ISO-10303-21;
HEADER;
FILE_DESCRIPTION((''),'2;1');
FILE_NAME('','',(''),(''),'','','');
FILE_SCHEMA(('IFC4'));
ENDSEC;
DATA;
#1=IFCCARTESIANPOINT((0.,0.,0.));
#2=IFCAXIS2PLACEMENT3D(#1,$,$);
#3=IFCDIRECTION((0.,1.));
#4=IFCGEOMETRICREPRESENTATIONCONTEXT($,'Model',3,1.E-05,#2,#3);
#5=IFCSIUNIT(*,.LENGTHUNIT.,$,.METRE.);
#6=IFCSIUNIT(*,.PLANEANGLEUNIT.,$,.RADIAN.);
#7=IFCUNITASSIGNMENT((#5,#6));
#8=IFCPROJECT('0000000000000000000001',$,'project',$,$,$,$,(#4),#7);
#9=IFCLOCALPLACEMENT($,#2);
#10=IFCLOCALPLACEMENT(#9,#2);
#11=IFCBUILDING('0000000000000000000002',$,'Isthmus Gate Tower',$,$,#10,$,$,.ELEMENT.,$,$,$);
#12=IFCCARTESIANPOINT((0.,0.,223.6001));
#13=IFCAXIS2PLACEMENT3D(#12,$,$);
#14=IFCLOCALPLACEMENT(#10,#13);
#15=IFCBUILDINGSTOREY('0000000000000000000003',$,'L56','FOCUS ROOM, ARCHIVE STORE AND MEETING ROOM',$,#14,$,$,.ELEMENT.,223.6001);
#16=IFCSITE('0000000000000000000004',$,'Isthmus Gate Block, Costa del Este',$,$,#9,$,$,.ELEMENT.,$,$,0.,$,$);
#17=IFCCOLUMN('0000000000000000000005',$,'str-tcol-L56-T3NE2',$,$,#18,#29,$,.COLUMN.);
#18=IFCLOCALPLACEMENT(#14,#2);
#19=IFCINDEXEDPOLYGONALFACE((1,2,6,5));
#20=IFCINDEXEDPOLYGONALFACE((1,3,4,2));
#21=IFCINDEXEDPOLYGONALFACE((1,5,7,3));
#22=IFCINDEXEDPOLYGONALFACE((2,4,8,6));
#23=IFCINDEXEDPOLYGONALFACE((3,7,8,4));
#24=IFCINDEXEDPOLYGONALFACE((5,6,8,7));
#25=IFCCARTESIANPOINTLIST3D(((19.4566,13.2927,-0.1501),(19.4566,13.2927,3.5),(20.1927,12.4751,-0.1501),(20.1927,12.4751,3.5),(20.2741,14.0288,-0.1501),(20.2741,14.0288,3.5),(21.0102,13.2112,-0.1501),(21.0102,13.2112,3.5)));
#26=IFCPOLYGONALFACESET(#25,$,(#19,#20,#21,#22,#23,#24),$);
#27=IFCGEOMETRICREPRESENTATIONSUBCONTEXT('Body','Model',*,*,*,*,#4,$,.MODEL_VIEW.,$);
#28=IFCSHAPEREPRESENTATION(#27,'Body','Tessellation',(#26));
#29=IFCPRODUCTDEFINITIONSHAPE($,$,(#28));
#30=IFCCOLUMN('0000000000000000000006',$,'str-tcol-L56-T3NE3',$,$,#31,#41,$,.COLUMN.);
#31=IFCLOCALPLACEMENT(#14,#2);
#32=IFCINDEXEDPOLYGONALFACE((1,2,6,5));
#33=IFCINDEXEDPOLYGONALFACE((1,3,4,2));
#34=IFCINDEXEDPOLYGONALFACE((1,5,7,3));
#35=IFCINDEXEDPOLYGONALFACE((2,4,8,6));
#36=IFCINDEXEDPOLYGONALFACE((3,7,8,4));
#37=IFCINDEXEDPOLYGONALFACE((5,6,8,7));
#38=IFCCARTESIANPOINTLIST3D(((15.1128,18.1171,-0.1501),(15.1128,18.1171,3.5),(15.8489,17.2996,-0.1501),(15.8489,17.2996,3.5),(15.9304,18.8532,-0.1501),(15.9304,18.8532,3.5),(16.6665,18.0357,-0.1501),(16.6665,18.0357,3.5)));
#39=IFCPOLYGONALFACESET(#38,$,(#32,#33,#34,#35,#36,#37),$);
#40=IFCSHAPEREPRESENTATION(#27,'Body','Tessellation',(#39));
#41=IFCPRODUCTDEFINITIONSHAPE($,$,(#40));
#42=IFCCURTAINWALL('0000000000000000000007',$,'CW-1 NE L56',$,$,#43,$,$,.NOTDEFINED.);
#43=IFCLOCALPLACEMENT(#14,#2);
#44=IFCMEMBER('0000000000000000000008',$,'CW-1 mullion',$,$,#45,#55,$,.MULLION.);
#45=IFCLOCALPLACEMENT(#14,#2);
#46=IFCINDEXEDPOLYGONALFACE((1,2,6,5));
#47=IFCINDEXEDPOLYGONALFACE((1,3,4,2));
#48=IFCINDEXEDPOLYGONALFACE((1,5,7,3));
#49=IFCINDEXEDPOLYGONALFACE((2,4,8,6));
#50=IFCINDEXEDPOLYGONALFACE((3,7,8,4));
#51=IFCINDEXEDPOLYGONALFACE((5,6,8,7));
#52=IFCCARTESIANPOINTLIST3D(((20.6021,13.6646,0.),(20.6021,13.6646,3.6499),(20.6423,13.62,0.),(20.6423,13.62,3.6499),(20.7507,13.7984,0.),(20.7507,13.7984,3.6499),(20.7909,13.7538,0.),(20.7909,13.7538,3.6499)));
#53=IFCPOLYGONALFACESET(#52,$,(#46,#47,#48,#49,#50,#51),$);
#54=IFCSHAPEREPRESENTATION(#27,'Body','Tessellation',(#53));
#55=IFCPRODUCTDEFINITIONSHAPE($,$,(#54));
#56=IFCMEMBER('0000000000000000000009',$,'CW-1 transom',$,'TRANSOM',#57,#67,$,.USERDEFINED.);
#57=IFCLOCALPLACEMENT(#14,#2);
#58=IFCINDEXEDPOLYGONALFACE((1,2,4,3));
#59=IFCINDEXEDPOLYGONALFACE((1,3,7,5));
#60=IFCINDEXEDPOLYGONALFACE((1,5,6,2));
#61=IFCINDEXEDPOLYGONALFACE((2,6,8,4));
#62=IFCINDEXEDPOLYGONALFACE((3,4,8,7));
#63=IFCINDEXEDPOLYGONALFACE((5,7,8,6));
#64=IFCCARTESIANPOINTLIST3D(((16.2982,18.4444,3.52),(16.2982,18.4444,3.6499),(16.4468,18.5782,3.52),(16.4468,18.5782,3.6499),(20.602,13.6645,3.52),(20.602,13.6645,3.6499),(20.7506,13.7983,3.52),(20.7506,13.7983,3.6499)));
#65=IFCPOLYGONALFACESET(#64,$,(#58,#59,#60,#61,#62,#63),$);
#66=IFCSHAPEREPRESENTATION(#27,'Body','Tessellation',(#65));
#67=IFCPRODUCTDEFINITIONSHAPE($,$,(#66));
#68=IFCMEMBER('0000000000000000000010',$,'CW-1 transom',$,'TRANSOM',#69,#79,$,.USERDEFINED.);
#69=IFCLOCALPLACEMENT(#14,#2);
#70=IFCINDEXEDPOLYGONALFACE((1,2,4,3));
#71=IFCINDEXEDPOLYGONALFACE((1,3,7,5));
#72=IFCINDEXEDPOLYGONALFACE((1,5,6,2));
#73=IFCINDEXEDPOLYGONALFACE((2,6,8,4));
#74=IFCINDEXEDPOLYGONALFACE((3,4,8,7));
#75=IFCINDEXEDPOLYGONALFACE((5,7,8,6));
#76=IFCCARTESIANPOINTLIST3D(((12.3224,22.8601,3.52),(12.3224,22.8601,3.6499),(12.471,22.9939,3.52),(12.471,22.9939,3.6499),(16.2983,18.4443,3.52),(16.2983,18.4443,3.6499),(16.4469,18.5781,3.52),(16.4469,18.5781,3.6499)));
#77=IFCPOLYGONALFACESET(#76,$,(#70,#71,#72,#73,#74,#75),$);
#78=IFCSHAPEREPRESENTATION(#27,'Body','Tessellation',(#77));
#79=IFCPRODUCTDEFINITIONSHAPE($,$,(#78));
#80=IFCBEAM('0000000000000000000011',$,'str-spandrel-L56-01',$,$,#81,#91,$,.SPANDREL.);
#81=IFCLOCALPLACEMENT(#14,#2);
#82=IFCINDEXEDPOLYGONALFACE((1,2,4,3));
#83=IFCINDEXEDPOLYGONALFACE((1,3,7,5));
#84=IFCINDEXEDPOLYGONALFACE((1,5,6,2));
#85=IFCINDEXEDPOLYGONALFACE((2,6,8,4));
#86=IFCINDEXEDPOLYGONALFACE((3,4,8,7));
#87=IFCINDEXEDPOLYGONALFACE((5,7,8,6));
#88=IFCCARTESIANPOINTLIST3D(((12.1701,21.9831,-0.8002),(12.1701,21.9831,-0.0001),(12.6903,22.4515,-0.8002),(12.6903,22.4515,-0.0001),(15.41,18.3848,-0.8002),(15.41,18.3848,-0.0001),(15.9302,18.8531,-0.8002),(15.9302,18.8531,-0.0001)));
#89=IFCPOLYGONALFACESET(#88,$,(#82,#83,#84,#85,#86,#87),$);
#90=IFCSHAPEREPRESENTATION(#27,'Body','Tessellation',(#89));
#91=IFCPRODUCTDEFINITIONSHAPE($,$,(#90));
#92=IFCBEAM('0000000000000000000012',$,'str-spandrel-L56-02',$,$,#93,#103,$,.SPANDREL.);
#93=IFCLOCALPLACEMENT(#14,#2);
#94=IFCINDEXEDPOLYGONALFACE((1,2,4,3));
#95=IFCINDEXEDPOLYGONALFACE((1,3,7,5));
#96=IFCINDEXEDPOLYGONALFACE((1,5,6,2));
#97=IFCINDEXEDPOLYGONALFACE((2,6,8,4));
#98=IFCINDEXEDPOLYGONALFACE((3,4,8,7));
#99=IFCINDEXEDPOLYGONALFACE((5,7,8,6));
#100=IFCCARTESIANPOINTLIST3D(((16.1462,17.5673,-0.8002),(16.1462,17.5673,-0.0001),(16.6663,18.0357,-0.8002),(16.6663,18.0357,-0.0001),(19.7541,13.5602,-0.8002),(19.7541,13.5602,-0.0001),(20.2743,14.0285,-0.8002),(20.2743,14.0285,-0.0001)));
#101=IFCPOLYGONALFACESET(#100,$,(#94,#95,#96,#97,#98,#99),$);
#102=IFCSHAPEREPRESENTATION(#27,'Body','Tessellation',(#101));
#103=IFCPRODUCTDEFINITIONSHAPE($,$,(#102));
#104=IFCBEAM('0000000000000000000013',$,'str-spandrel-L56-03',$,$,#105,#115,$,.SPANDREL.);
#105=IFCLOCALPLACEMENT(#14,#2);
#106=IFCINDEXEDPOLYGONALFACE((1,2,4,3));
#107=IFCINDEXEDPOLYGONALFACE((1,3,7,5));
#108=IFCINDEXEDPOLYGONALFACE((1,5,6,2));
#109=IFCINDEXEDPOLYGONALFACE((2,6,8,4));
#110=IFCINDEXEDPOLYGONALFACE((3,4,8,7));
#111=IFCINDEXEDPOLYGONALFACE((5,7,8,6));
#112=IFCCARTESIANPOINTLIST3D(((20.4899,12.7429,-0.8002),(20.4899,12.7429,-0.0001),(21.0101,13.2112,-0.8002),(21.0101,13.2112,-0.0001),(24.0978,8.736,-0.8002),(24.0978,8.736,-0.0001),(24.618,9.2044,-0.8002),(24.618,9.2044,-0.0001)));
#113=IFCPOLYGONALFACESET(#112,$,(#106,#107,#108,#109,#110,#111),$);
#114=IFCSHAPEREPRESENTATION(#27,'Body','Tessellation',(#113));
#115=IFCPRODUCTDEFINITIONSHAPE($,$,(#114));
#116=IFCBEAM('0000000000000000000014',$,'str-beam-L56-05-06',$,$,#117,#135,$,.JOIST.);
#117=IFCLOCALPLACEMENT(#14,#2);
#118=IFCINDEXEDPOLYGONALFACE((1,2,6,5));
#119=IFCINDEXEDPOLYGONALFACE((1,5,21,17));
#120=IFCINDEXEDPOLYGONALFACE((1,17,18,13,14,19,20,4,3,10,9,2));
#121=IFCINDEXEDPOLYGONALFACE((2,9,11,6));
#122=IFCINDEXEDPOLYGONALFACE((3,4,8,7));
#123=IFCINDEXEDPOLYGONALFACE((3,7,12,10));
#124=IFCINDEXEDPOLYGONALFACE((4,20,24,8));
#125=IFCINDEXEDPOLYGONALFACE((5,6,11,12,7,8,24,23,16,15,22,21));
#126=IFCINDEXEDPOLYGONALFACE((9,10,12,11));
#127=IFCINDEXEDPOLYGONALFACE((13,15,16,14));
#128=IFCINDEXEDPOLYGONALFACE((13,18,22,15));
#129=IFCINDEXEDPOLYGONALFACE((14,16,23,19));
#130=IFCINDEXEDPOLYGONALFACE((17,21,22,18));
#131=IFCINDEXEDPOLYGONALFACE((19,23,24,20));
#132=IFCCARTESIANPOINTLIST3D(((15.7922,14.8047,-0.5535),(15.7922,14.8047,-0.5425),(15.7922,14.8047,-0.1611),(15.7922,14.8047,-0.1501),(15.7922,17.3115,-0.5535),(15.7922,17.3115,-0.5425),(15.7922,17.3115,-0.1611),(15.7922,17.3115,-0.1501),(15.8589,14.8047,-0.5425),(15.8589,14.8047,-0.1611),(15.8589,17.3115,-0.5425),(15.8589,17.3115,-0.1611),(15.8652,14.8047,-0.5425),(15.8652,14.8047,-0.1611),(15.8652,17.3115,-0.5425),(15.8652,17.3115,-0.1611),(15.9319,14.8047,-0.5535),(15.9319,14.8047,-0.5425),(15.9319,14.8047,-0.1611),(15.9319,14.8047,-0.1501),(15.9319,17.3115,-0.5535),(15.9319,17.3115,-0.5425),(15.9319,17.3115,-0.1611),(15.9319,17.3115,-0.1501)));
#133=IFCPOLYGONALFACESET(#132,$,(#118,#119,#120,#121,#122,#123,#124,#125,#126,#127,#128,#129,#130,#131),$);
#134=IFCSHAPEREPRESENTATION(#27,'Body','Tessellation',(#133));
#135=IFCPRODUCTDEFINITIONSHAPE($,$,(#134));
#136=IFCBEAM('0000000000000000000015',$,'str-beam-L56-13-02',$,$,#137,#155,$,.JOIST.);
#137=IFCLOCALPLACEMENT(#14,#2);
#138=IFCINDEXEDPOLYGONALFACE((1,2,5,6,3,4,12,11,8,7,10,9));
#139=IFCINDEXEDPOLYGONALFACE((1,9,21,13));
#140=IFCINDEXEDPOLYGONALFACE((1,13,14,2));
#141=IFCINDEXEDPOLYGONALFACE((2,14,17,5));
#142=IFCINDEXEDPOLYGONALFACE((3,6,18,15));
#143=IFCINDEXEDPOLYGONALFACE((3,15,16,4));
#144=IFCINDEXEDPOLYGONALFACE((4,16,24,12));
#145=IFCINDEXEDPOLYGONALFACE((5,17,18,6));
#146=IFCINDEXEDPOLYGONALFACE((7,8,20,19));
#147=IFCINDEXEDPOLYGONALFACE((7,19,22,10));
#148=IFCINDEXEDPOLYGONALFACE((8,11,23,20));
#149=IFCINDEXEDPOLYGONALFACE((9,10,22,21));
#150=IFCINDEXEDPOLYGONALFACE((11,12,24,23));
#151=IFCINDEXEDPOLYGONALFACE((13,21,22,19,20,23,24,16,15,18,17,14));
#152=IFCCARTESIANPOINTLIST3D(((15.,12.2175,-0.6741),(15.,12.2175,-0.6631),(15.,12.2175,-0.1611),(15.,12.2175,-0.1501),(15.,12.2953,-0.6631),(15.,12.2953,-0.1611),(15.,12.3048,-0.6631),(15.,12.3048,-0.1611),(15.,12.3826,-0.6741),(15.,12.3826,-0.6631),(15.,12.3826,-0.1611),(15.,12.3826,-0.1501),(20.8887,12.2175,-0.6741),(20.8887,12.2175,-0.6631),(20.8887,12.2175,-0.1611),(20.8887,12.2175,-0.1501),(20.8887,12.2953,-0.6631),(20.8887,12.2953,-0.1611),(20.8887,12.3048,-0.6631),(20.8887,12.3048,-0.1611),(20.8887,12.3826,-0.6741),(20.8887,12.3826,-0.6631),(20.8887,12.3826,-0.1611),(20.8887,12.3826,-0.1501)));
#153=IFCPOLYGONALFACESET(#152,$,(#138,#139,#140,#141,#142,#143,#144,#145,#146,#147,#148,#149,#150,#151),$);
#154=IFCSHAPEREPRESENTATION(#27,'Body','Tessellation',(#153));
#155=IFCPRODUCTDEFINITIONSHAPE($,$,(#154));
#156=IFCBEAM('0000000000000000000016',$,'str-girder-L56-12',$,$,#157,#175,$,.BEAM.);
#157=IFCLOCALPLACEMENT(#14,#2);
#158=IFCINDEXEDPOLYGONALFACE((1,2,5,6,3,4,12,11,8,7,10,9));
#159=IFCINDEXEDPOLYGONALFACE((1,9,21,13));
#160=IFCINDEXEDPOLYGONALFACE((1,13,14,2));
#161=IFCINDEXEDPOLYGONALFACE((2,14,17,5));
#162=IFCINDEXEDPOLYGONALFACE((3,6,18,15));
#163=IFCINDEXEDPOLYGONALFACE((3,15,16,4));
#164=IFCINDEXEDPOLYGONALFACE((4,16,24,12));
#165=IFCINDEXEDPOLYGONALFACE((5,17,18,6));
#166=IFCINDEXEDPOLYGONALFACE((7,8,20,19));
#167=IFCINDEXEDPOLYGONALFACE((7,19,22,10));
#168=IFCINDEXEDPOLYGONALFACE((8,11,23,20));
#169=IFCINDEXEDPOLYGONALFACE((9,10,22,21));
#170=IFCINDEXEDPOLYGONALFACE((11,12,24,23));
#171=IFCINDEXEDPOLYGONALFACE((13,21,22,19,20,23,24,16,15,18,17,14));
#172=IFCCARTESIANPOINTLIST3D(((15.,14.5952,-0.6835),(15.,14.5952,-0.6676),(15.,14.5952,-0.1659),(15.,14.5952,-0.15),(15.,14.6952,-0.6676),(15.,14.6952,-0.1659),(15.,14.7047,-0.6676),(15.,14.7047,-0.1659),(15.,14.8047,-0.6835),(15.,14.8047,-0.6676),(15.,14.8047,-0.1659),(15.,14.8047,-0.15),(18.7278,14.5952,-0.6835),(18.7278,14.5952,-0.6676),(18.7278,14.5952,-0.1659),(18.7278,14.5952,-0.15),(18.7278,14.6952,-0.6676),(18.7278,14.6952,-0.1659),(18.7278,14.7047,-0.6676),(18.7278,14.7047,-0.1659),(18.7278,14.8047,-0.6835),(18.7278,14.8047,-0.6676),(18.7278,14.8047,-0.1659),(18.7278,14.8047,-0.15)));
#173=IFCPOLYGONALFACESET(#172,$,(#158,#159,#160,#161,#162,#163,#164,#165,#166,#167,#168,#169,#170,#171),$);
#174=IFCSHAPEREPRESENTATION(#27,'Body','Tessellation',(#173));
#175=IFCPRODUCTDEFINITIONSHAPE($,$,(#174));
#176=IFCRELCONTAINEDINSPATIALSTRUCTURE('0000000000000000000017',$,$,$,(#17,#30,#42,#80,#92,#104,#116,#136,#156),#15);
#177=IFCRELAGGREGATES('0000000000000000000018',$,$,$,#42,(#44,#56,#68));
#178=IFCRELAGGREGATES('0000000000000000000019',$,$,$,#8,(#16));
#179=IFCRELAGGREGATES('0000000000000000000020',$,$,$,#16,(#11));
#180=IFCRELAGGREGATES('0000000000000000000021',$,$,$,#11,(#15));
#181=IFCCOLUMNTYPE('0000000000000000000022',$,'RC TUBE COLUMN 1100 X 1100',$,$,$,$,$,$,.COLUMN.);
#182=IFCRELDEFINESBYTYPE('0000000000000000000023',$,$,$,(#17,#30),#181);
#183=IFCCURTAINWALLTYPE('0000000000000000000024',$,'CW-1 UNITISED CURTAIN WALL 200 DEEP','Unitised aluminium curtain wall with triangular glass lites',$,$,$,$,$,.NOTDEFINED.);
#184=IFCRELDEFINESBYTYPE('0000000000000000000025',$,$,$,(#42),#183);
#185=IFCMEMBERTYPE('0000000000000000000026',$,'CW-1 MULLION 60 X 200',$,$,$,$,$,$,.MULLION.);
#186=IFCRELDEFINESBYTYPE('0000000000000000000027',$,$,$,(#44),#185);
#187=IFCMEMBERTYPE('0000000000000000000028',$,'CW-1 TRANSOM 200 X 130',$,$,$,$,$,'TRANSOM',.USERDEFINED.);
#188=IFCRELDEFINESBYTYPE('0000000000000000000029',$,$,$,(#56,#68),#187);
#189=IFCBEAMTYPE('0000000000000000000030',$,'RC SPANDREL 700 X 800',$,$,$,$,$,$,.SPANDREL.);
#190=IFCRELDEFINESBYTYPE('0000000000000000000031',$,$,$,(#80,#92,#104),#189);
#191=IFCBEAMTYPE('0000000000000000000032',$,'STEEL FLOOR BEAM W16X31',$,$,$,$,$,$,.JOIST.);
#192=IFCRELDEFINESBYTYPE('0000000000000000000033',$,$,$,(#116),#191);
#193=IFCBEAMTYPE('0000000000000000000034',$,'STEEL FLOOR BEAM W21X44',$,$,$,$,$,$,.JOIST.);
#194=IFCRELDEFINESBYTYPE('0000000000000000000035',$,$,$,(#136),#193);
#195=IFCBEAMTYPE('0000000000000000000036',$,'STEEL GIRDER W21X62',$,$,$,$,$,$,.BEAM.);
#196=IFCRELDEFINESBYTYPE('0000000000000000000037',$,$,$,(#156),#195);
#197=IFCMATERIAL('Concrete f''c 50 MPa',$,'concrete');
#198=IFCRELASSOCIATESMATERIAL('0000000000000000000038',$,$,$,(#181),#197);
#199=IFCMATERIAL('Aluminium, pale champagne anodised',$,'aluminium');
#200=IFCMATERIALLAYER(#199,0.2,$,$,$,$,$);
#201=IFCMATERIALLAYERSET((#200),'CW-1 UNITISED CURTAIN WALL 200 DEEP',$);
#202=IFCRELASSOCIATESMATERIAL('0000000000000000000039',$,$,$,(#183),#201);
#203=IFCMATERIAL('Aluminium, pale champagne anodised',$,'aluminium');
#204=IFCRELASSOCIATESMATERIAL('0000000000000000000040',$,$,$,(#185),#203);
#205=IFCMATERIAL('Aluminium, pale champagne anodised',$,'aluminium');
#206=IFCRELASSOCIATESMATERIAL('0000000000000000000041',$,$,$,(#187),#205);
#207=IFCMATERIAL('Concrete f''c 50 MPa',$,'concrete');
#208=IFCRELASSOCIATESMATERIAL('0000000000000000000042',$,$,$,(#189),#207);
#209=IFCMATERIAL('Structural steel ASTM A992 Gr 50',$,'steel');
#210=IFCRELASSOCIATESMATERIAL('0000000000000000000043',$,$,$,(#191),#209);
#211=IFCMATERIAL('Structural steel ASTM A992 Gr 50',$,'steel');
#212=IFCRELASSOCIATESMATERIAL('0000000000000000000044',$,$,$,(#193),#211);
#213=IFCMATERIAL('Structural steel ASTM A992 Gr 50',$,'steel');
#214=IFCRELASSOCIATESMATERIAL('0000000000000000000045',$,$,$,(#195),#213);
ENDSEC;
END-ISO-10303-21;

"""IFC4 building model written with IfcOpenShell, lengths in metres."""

from ifc_helpers import new_model, si_unit, direction, frame, origin, origin_2d, place, context, subcontext, project, spatial, rectangle, i_section, extrude, material, layer, layer_set, material_profile, profile_set, type_object, element, aggregate, save


model = new_model("IFC4")

# Units and contexts
model_context = context("Model", 3, precision=1e-05, world=origin(), true_north=direction((0.0, 1.0)))
body_context = subcontext(model_context, "Body", "Model", "MODEL_VIEW")
ifc_project = project(units=[si_unit("LENGTHUNIT", "METRE"), si_unit("PLANEANGLEUNIT", "RADIAN")], contexts=[model_context])

# Site, building, storey
site_placement = place(None, origin())
site = spatial("IfcSite", under=ifc_project, at=site_placement, Name="Isthmus Gate Block, Costa del Este", CompositionType="ELEMENT", RefElevation=0.0)
building_placement = place(site_placement, origin())
building = spatial("IfcBuilding", under=site, at=building_placement, Name="Isthmus Gate Tower", CompositionType="ELEMENT")
storey_placement = place(building_placement, frame((0.0, 0.0, 223.6001)))
storey = spatial("IfcBuildingStorey", under=building, at=storey_placement, Name="L56", Description="FOCUS ROOM, ARCHIVE STORE AND MEETING ROOM", CompositionType="ELEMENT", Elevation=223.6001)

# Columns
ifc_material_1 = material(Name="Concrete f'c 50 MPa", Category="concrete")
ifc_material_profile_1 = material_profile(ifc_material_1, rectangle(XDim=1.1001, YDim=1.1001, at=origin_2d()), Name="RC 1100X1100")
ifc_profile_set_1 = profile_set([ifc_material_profile_1], Name="Concrete f'c 50 MPa")
column_type = type_object("IfcColumnType", Name="RC TUBE COLUMN 1100 X 1100", PredefinedType="COLUMN", material=ifc_profile_set_1)
for number, where, z_axis, x_axis, name in (
    (1, (20.2334, 13.252, -0.1501), (0.0, 0.0, 1.0), (-0.669131, 0.743145, 0.0), "str-tcol-L56-T3NE2"),
    (2, (15.8896, 18.0764, -0.1501), (0.0, 0.0, 1.0), (-0.669131, 0.743145, 0.0), "str-tcol-L56-T3NE3"),
):
    element("IfcColumn", number, at=place(storey_placement, frame(where, z_axis=z_axis, x_axis=x_axis)), inside=storey, type_object=column_type, Name=name, PredefinedType="COLUMN", context=body_context, shape_type="SweptSolid", body=[
        extrude(rectangle(XDim=1.1001, YDim=1.1001, at=origin_2d()), origin(), (0.0, 0.0, 1.0), 3.6501),
    ])

# Curtain wall, members
ifc_material_2 = material(Name="Aluminium, pale champagne anodised", Category="aluminium")
ifc_layer_1 = layer(ifc_material_2, 0.2)
ifc_layer_set_1 = layer_set([ifc_layer_1], Name="CW-1 UNITISED CURTAIN WALL 200 DEEP")
curtain_wall_type = type_object("IfcCurtainWallType", Name="CW-1 UNITISED CURTAIN WALL 200 DEEP", Description="Unitised aluminium curtain wall with triangular glass lites", PredefinedType="NOTDEFINED", material=ifc_layer_set_1)
curtain_wall_placement = place(storey_placement, origin())
curtain_wall = element("IfcCurtainWall", 3, at=curtain_wall_placement, inside=storey, type_object=curtain_wall_type, Name="CW-1 NE L56", PredefinedType="NOTDEFINED")
ifc_material_3 = material(Name="Aluminium, pale champagne anodised", Category="aluminium")
ifc_material_profile_2 = material_profile(ifc_material_3, rectangle(XDim=0.0601, YDim=0.2, at=origin_2d()), Name="60x200")
ifc_profile_set_2 = profile_set([ifc_material_profile_2], Name="Aluminium, pale champagne anodised")
member_type_1 = type_object("IfcMemberType", Name="CW-1 MULLION 60 X 200", PredefinedType="MULLION", material=ifc_profile_set_2)
member_1_placement = place(storey_placement, frame((20.6965, 13.7092, 0.0), z_axis=(0.0, 0.0, 1.0), x_axis=(-0.669131, 0.743145, 0.0)))
member_1 = element("IfcMember", 4, at=member_1_placement, type_object=member_type_1, Name="CW-1 mullion", PredefinedType="MULLION", context=body_context, shape_type="SweptSolid", body=[
    extrude(rectangle(XDim=0.0601, YDim=0.2, at=origin_2d()), origin(), (0.0, 0.0, 1.0), 3.6499),
])
ifc_material_4 = material(Name="Aluminium, pale champagne anodised", Category="aluminium")
ifc_material_profile_3 = material_profile(ifc_material_4, rectangle(XDim=0.2, YDim=0.1299, at=origin_2d()), Name="200x130")
ifc_profile_set_3 = profile_set([ifc_material_profile_3], Name="Aluminium, pale champagne anodised")
member_type_2 = type_object("IfcMemberType", Name="CW-1 TRANSOM 200 X 130", ElementType="TRANSOM", PredefinedType="USERDEFINED", material=ifc_profile_set_3)
member_2_placement = place(storey_placement, frame((20.6763, 13.7314, 3.585), z_axis=(-0.669128, 0.743147, 0.0), x_axis=(-0.743147, -0.669128, 0.0)))
member_2 = element("IfcMember", 5, at=member_2_placement, type_object=member_type_2, Name="CW-1 transom", ObjectType="TRANSOM", PredefinedType="USERDEFINED", context=body_context, shape_type="SweptSolid", body=[
    extrude(rectangle(XDim=0.2, YDim=0.1299, at=origin_2d()), origin(), (0.0, 0.0, 1.0), 6.4319),
])
member_3_placement = place(storey_placement, frame((16.3726, 18.5112, 3.585), z_axis=(-0.669117, 0.743157, 0.0), x_axis=(-0.743157, -0.669117, 0.0)))
member_3 = element("IfcMember", 6, at=member_3_placement, type_object=member_type_2, Name="CW-1 transom", ObjectType="TRANSOM", PredefinedType="USERDEFINED", context=body_context, shape_type="SweptSolid", body=[
    extrude(rectangle(XDim=0.2, YDim=0.1299, at=origin_2d()), origin(), (0.0, 0.0, 1.0), 5.9419),
])

# Beams
ifc_material_5 = material(Name="Concrete f'c 50 MPa", Category="concrete")
ifc_material_profile_4 = material_profile(ifc_material_5, rectangle(XDim=0.7, YDim=0.8, at=origin_2d()), Name="RC 700X800")
ifc_profile_set_4 = profile_set([ifc_material_profile_4], Name="Concrete f'c 50 MPa")
beam_type_1 = type_object("IfcBeamType", Name="RC SPANDREL 700 X 800", PredefinedType="SPANDREL", material=ifc_profile_set_4)
beam_1_placement = place(storey_placement, frame((12.4302, 22.2173, -0.4001), z_axis=(0.669129, -0.743146, 0.0), x_axis=(0.743146, 0.669129, 0.0)))
element("IfcBeam", 7, at=beam_1_placement, inside=storey, type_object=beam_type_1, Name="str-spandrel-L56-01", PredefinedType="SPANDREL", context=body_context, shape_type="SweptSolid", body=[
    extrude(rectangle(XDim=0.7, YDim=0.8, at=origin_2d()), origin(), (0.0, 0.0, 1.0), 4.842),
])
beam_2_placement = place(storey_placement, frame((16.4062, 17.8015, -0.4001), z_axis=(0.669122, -0.743152, 0.0), x_axis=(0.743152, 0.669122, 0.0)))
element("IfcBeam", 8, at=beam_2_placement, inside=storey, type_object=beam_type_1, Name="str-spandrel-L56-02", PredefinedType="SPANDREL", context=body_context, shape_type="SweptSolid", body=[
    extrude(rectangle(XDim=0.7, YDim=0.8, at=origin_2d()), origin(), (0.0, 0.0, 1.0), 5.3921),
])
beam_3_placement = place(storey_placement, frame((20.75, 12.9771, -0.4001), z_axis=(0.669145, -0.743132, 0.0), x_axis=(0.743132, 0.669145, 0.0)))
element("IfcBeam", 9, at=beam_3_placement, inside=storey, type_object=beam_type_1, Name="str-spandrel-L56-03", PredefinedType="SPANDREL", context=body_context, shape_type="SweptSolid", body=[
    extrude(rectangle(XDim=0.7, YDim=0.8, at=origin_2d()), origin(), (0.0, 0.0, 1.0), 5.3918),
])
ifc_material_6 = material(Name="Structural steel ASTM A992 Gr 50", Category="steel")
ifc_material_profile_5 = material_profile(ifc_material_6, i_section(OverallWidth=0.1396, OverallDepth=0.4033, WebThickness=0.0063, FlangeThickness=0.011, at=origin_2d()), Name="W16X31")
ifc_profile_set_5 = profile_set([ifc_material_profile_5], Name="Structural steel ASTM A992 Gr 50")
beam_type_2 = type_object("IfcBeamType", Name="STEEL FLOOR BEAM W16X31", PredefinedType="JOIST", material=ifc_profile_set_5)
beam_4_placement = place(storey_placement, frame((15.8621, 14.8047, -0.3518), z_axis=(0.0, 1.0, 0.0), x_axis=(-1.0, 0.0, 0.0)))
element("IfcBeam", 10, at=beam_4_placement, inside=storey, type_object=beam_type_2, Name="str-beam-L56-05-06", PredefinedType="JOIST", context=body_context, shape_type="SweptSolid", body=[
    extrude(i_section(OverallWidth=0.1396, OverallDepth=0.4033, WebThickness=0.0063, FlangeThickness=0.011, at=origin_2d()), origin(), (0.0, 0.0, 1.0), 2.5068),
])
ifc_material_7 = material(Name="Structural steel ASTM A992 Gr 50", Category="steel")
ifc_material_profile_6 = material_profile(ifc_material_7, i_section(OverallWidth=0.165, OverallDepth=0.5239, WebThickness=0.0095, FlangeThickness=0.011, at=origin_2d()), Name="W21X44")
ifc_profile_set_6 = profile_set([ifc_material_profile_6], Name="Structural steel ASTM A992 Gr 50")
beam_type_3 = type_object("IfcBeamType", Name="STEEL FLOOR BEAM W21X44", PredefinedType="JOIST", material=ifc_profile_set_6)
beam_5_placement = place(storey_placement, frame((15.0, 12.3, -0.4121), z_axis=(1.0, 0.0, 0.0), x_axis=(0.0, 1.0, 0.0)))
element("IfcBeam", 11, at=beam_5_placement, inside=storey, type_object=beam_type_3, Name="str-beam-L56-13-02", PredefinedType="JOIST", context=body_context, shape_type="SweptSolid", body=[
    extrude(i_section(OverallWidth=0.165, OverallDepth=0.5239, WebThickness=0.0095, FlangeThickness=0.011, at=origin_2d()), origin(), (0.0, 0.0, 1.0), 5.8887),
])
ifc_material_8 = material(Name="Structural steel ASTM A992 Gr 50", Category="steel")
ifc_material_profile_7 = material_profile(ifc_material_8, i_section(OverallWidth=0.2095, OverallDepth=0.5334, WebThickness=0.0095, FlangeThickness=0.0159, at=origin_2d()), Name="W21X62")
ifc_profile_set_7 = profile_set([ifc_material_profile_7], Name="Structural steel ASTM A992 Gr 50")
beam_type_4 = type_object("IfcBeamType", Name="STEEL GIRDER W21X62", PredefinedType="BEAM", material=ifc_profile_set_7)
beam_6_placement = place(storey_placement, frame((15.0, 14.7, -0.4167), z_axis=(1.0, 0.0, 0.0), x_axis=(0.0, 1.0, 0.0)))
element("IfcBeam", 12, at=beam_6_placement, inside=storey, type_object=beam_type_4, Name="str-girder-L56-12", PredefinedType="BEAM", context=body_context, shape_type="SweptSolid", body=[
    extrude(i_section(OverallWidth=0.2095, OverallDepth=0.5334, WebThickness=0.0095, FlangeThickness=0.0159, at=origin_2d()), origin(), (0.0, 0.0, 1.0), 3.7278),
])

aggregate(curtain_wall, [member_1, member_2, member_3])

save(model, "model.ifc")
